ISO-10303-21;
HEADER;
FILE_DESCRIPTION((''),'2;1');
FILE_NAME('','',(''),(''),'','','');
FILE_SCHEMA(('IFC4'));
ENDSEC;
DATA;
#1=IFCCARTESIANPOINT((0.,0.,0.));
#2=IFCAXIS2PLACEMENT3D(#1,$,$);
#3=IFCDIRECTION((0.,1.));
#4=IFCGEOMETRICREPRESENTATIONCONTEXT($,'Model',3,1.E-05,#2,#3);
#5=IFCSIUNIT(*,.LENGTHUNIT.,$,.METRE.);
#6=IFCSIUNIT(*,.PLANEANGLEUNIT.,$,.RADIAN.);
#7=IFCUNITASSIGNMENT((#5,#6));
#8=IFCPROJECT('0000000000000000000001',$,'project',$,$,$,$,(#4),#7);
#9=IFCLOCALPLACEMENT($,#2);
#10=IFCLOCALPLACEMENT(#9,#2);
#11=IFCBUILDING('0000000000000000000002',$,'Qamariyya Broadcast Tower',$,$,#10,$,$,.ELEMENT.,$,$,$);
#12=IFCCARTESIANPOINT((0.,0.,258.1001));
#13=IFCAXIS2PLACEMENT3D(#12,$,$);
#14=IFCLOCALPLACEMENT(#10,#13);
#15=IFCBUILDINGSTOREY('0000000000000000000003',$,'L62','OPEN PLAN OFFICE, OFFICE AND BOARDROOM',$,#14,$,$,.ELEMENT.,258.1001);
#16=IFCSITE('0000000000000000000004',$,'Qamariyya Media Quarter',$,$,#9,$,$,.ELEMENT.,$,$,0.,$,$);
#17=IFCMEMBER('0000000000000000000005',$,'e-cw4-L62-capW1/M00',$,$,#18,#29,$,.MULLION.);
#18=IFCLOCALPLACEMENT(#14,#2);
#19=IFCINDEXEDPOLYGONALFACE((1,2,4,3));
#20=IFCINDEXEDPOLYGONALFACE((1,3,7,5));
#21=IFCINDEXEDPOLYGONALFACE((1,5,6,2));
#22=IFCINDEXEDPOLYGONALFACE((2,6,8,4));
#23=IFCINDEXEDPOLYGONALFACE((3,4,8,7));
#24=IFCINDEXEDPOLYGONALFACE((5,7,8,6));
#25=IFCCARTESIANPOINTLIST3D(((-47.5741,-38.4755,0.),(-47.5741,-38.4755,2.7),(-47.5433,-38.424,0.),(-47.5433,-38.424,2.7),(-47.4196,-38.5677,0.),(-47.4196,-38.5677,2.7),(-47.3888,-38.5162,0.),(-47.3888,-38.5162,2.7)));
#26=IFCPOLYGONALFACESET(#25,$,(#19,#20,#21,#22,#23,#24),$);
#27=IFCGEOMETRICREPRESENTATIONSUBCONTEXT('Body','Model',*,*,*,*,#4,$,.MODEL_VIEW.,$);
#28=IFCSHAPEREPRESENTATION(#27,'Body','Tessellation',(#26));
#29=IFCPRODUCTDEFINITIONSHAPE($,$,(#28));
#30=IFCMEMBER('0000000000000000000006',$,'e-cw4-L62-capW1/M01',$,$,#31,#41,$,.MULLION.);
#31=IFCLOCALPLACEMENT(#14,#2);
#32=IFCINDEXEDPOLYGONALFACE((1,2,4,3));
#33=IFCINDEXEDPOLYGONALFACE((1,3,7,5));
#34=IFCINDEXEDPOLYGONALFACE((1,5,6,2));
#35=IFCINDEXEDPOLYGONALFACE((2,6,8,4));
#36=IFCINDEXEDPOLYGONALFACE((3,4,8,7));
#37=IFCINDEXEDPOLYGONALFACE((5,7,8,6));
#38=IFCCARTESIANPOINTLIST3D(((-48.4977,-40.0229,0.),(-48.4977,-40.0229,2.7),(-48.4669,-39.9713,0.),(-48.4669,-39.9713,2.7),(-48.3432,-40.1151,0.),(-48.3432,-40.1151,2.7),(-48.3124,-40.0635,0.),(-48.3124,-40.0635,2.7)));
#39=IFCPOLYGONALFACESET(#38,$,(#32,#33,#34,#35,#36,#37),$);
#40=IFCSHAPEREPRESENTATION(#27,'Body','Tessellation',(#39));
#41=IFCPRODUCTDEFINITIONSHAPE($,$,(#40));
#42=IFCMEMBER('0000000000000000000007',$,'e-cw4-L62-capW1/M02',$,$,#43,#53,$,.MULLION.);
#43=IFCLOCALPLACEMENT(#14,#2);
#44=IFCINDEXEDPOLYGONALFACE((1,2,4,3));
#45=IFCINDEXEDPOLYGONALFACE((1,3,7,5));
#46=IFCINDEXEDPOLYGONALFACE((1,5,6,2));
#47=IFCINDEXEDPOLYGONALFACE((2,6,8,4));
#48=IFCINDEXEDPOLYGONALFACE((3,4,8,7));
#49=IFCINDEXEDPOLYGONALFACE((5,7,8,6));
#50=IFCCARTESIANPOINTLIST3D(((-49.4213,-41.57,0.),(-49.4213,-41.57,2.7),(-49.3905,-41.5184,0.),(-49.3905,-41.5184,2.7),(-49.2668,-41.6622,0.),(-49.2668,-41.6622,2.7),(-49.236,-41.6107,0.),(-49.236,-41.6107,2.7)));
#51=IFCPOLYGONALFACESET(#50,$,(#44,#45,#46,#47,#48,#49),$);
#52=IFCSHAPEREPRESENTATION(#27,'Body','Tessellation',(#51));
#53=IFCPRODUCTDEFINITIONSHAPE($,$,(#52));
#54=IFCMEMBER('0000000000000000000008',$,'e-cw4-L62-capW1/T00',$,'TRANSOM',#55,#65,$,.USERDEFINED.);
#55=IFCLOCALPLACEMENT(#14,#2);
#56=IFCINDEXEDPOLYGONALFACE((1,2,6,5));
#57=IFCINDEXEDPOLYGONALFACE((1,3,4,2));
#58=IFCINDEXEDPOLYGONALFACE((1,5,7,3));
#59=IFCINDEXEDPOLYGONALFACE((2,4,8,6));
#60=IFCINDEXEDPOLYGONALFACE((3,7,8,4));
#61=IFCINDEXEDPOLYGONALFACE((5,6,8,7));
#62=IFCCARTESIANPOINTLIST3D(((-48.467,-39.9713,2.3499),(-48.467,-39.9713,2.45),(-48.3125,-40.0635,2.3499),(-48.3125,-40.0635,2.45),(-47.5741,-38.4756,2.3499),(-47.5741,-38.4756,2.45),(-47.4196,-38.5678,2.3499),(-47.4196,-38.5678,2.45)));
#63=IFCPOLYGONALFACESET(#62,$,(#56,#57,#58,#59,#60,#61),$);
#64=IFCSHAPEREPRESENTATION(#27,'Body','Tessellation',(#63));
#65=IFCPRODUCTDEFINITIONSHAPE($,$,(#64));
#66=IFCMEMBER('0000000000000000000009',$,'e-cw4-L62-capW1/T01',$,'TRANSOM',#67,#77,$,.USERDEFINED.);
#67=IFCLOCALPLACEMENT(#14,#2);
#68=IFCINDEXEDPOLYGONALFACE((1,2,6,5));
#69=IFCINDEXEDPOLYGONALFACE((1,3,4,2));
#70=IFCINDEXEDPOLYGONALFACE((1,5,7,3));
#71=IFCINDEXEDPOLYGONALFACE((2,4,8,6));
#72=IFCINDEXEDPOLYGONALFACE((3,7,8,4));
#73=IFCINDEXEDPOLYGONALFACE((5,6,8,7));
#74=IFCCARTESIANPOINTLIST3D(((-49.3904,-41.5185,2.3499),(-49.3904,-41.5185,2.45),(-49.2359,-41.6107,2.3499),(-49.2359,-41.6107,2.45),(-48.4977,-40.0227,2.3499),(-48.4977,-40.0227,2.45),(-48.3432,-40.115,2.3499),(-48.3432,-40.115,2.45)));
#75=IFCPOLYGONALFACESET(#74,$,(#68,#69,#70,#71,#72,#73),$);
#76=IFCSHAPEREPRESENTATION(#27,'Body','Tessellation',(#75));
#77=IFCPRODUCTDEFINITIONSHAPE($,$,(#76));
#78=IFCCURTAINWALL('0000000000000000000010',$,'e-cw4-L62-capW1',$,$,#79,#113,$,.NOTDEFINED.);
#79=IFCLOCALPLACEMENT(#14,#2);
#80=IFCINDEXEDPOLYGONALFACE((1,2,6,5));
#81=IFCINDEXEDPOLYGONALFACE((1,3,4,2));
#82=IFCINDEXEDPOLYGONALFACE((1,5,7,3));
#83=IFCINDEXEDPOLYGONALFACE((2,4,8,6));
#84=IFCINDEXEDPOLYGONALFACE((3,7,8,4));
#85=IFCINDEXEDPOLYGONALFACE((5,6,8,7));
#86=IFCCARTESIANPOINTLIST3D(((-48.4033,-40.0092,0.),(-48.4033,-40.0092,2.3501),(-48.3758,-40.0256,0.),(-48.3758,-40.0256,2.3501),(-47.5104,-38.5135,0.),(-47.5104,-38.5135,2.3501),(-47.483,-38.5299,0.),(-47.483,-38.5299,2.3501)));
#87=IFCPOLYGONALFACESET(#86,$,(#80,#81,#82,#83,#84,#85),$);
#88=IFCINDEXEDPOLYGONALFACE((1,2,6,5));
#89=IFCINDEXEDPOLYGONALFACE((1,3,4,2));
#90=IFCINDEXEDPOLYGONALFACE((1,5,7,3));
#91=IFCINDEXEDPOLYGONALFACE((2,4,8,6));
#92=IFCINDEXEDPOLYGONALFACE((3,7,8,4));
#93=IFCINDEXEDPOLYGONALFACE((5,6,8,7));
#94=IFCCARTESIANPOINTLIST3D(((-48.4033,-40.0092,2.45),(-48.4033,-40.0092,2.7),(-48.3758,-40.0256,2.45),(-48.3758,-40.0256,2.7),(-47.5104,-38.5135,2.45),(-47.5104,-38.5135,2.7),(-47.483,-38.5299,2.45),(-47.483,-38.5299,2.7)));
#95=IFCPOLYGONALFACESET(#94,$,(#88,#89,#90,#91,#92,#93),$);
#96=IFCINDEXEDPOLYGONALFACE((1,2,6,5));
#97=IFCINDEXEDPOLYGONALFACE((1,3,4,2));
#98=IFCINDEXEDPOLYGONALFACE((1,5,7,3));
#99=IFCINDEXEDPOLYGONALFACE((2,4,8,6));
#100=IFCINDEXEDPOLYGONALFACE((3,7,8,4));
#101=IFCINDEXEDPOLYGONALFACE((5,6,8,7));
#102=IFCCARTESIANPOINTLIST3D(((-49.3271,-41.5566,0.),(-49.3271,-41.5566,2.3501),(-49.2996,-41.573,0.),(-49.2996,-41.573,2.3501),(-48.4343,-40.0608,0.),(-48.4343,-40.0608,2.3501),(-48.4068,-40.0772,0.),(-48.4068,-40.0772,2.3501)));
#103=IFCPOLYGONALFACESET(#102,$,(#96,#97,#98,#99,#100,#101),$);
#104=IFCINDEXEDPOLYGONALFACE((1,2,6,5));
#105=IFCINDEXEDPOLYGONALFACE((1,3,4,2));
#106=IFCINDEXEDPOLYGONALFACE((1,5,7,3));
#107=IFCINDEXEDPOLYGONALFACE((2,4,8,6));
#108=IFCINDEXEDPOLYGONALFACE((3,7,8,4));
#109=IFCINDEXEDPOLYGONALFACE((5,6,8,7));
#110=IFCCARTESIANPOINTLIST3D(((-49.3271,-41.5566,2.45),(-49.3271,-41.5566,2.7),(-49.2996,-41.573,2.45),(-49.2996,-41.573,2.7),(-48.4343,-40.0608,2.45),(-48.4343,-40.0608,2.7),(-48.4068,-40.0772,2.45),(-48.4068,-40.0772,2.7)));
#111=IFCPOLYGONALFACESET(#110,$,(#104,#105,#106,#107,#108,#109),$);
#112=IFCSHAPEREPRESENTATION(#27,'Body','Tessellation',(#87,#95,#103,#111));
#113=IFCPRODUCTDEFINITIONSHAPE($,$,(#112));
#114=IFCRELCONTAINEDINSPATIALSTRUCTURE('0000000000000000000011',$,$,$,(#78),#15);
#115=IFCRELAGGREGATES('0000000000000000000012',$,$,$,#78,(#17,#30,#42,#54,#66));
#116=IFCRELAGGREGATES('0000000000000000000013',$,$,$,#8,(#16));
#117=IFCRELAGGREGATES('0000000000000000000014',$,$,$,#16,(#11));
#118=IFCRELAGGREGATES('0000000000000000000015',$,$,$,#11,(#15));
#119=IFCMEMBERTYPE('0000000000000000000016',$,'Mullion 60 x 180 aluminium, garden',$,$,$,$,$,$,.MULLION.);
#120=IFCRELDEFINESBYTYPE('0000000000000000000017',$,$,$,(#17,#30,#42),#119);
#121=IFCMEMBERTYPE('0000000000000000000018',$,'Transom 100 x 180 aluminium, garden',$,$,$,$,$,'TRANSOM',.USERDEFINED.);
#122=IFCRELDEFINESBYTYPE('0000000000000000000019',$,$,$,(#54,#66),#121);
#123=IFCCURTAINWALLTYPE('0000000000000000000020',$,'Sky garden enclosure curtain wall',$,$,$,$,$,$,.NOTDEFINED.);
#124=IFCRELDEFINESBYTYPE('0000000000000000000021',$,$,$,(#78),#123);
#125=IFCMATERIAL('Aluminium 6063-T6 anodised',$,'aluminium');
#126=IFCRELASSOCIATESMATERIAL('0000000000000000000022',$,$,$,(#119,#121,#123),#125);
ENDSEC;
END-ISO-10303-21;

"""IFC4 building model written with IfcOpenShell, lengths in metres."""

from ifc_helpers import new_model, si_unit, direction, frame, origin, origin_2d, place, context, subcontext, project, spatial, rectangle, extrude, material, material_profile, profile_set, type_object, element, aggregate, save


model = new_model("IFC4")

# Units and contexts
model_context = context("Model", 3, precision=1e-05, world=origin(), true_north=direction((0.0, 1.0)))
body_context = subcontext(model_context, "Body", "Model", "MODEL_VIEW")
ifc_project = project(units=[si_unit("LENGTHUNIT", "METRE"), si_unit("PLANEANGLEUNIT", "RADIAN")], contexts=[model_context])

# Members
ifc_material = material(Name="Aluminium 6063-T6 anodised", Category="aluminium")
ifc_material_profile_1 = material_profile(ifc_material, rectangle(XDim=0.1799, YDim=0.0601, at=origin_2d()))
ifc_profile_set_1 = profile_set([ifc_material_profile_1], Name="Aluminium 6063-T6 anodised")
member_type_1 = type_object("IfcMemberType", Name="Mullion 60 x 180 aluminium, garden", PredefinedType="MULLION", material=ifc_profile_set_1)
site_placement = place(None, origin())
building_placement = place(site_placement, origin())
storey_placement = place(building_placement, frame((0.0, 0.0, 258.1001)))
member_1_placement = place(storey_placement, frame((-47.4814, -38.4958, 0.0), z_axis=(0.0, 0.0, 1.0), x_axis=(0.858668, -0.512533, 0.0)))
member_1 = element("IfcMember", 1, at=member_1_placement, type_object=member_type_1, Name="e-cw4-L62-capW1/M00", PredefinedType="MULLION", context=body_context, shape_type="SweptSolid", body=[
    extrude(rectangle(XDim=0.1799, YDim=0.0601, at=origin_2d()), origin(), (0.0, 0.0, 1.0), 2.7),
])
member_2_placement = place(storey_placement, frame((-48.405, -40.0432, 0.0), z_axis=(0.0, 0.0, 1.0), x_axis=(0.858668, -0.512533, 0.0)))
member_2 = element("IfcMember", 2, at=member_2_placement, type_object=member_type_1, Name="e-cw4-L62-capW1/M01", PredefinedType="MULLION", context=body_context, shape_type="SweptSolid", body=[
    extrude(rectangle(XDim=0.1799, YDim=0.0601, at=origin_2d()), origin(), (0.0, 0.0, 1.0), 2.7),
])
member_3_placement = place(storey_placement, frame((-49.3286, -41.5903, 0.0), z_axis=(0.0, 0.0, 1.0), x_axis=(0.858668, -0.512533, 0.0)))
member_3 = element("IfcMember", 3, at=member_3_placement, type_object=member_type_1, Name="e-cw4-L62-capW1/M02", PredefinedType="MULLION", context=body_context, shape_type="SweptSolid", body=[
    extrude(rectangle(XDim=0.1799, YDim=0.0601, at=origin_2d()), origin(), (0.0, 0.0, 1.0), 2.7),
])
ifc_material_profile_2 = material_profile(ifc_material, rectangle(XDim=0.1799, YDim=0.1001, at=origin_2d()))
ifc_profile_set_2 = profile_set([ifc_material_profile_2], Name="Aluminium 6063-T6 anodised")
member_type_2 = type_object("IfcMemberType", Name="Transom 100 x 180 aluminium, garden", ElementType="TRANSOM", PredefinedType="USERDEFINED", material=ifc_profile_set_2)
member_4_placement = place(storey_placement, frame((-47.4968, -38.5217, 2.3999), z_axis=(-0.512578, -0.858641, 0.0), x_axis=(0.858641, -0.512578, 0.0)))
member_4 = element("IfcMember", 4, at=member_4_placement, type_object=member_type_2, Name="e-cw4-L62-capW1/T00", ObjectType="TRANSOM", PredefinedType="USERDEFINED", context=body_context, shape_type="SweptSolid", body=[
    extrude(rectangle(XDim=0.1799, YDim=0.1001, at=origin_2d()), origin(), (0.0, 0.0, 1.0), 1.7419),
])
member_5_placement = place(storey_placement, frame((-48.4204, -40.0688, 2.3999), z_axis=(-0.512516, -0.858678, 0.0), x_axis=(0.858678, -0.512516, 0.0)))
member_5 = element("IfcMember", 5, at=member_5_placement, type_object=member_type_2, Name="e-cw4-L62-capW1/T01", ObjectType="TRANSOM", PredefinedType="USERDEFINED", context=body_context, shape_type="SweptSolid", body=[
    extrude(rectangle(XDim=0.1799, YDim=0.1001, at=origin_2d()), origin(), (0.0, 0.0, 1.0), 1.7419),
])

# Site, building, storey
site = spatial("IfcSite", under=ifc_project, at=site_placement, Name="Qamariyya Media Quarter", CompositionType="ELEMENT", RefElevation=0.0)
building = spatial("IfcBuilding", under=site, at=building_placement, Name="Qamariyya Broadcast Tower", CompositionType="ELEMENT")
storey = spatial("IfcBuildingStorey", under=building, at=storey_placement, Name="L62", Description="OPEN PLAN OFFICE, OFFICE AND BOARDROOM", CompositionType="ELEMENT", Elevation=258.1001)

# Curtain wall
curtain_wall_type_1 = type_object("IfcCurtainWallType", Name="Sky garden enclosure curtain wall", PredefinedType="NOTDEFINED", material=ifc_material)
curtain_wall_1_placement = place(storey_placement, origin())
curtain_wall_1 = element("IfcCurtainWall", 6, at=curtain_wall_1_placement, inside=storey, type_object=curtain_wall_type_1, Name="e-cw4-L62-capW1", PredefinedType="NOTDEFINED", context=body_context, shape_type="SweptSolid", body=[
    extrude(rectangle(XDim=1.7419, YDim=0.032, at=origin_2d()), frame((-47.9431, -39.2695, 0.0), x_axis=(-0.512554, -0.858655, 0.0)), (0.0, 0.0, 1.0), 2.3501),
    extrude(rectangle(XDim=1.7419, YDim=0.032, at=origin_2d()), frame((-47.9431, -39.2695, 2.45), x_axis=(-0.512554, -0.858655, 0.0)), (0.0, 0.0, 1.0), 0.25),
    extrude(rectangle(XDim=1.7419, YDim=0.032, at=origin_2d()), frame((-48.8669, -40.8169, 0.0), x_axis=(-0.512554, -0.858655, 0.0)), (0.0, 0.0, 1.0), 2.3501),
    extrude(rectangle(XDim=1.7419, YDim=0.032, at=origin_2d()), frame((-48.8669, -40.8169, 2.45), x_axis=(-0.512554, -0.858655, 0.0)), (0.0, 0.0, 1.0), 0.25),
])
aggregate(curtain_wall_1, [member_1, member_2, member_3, member_4, member_5])

save(model, "model.ifc")
